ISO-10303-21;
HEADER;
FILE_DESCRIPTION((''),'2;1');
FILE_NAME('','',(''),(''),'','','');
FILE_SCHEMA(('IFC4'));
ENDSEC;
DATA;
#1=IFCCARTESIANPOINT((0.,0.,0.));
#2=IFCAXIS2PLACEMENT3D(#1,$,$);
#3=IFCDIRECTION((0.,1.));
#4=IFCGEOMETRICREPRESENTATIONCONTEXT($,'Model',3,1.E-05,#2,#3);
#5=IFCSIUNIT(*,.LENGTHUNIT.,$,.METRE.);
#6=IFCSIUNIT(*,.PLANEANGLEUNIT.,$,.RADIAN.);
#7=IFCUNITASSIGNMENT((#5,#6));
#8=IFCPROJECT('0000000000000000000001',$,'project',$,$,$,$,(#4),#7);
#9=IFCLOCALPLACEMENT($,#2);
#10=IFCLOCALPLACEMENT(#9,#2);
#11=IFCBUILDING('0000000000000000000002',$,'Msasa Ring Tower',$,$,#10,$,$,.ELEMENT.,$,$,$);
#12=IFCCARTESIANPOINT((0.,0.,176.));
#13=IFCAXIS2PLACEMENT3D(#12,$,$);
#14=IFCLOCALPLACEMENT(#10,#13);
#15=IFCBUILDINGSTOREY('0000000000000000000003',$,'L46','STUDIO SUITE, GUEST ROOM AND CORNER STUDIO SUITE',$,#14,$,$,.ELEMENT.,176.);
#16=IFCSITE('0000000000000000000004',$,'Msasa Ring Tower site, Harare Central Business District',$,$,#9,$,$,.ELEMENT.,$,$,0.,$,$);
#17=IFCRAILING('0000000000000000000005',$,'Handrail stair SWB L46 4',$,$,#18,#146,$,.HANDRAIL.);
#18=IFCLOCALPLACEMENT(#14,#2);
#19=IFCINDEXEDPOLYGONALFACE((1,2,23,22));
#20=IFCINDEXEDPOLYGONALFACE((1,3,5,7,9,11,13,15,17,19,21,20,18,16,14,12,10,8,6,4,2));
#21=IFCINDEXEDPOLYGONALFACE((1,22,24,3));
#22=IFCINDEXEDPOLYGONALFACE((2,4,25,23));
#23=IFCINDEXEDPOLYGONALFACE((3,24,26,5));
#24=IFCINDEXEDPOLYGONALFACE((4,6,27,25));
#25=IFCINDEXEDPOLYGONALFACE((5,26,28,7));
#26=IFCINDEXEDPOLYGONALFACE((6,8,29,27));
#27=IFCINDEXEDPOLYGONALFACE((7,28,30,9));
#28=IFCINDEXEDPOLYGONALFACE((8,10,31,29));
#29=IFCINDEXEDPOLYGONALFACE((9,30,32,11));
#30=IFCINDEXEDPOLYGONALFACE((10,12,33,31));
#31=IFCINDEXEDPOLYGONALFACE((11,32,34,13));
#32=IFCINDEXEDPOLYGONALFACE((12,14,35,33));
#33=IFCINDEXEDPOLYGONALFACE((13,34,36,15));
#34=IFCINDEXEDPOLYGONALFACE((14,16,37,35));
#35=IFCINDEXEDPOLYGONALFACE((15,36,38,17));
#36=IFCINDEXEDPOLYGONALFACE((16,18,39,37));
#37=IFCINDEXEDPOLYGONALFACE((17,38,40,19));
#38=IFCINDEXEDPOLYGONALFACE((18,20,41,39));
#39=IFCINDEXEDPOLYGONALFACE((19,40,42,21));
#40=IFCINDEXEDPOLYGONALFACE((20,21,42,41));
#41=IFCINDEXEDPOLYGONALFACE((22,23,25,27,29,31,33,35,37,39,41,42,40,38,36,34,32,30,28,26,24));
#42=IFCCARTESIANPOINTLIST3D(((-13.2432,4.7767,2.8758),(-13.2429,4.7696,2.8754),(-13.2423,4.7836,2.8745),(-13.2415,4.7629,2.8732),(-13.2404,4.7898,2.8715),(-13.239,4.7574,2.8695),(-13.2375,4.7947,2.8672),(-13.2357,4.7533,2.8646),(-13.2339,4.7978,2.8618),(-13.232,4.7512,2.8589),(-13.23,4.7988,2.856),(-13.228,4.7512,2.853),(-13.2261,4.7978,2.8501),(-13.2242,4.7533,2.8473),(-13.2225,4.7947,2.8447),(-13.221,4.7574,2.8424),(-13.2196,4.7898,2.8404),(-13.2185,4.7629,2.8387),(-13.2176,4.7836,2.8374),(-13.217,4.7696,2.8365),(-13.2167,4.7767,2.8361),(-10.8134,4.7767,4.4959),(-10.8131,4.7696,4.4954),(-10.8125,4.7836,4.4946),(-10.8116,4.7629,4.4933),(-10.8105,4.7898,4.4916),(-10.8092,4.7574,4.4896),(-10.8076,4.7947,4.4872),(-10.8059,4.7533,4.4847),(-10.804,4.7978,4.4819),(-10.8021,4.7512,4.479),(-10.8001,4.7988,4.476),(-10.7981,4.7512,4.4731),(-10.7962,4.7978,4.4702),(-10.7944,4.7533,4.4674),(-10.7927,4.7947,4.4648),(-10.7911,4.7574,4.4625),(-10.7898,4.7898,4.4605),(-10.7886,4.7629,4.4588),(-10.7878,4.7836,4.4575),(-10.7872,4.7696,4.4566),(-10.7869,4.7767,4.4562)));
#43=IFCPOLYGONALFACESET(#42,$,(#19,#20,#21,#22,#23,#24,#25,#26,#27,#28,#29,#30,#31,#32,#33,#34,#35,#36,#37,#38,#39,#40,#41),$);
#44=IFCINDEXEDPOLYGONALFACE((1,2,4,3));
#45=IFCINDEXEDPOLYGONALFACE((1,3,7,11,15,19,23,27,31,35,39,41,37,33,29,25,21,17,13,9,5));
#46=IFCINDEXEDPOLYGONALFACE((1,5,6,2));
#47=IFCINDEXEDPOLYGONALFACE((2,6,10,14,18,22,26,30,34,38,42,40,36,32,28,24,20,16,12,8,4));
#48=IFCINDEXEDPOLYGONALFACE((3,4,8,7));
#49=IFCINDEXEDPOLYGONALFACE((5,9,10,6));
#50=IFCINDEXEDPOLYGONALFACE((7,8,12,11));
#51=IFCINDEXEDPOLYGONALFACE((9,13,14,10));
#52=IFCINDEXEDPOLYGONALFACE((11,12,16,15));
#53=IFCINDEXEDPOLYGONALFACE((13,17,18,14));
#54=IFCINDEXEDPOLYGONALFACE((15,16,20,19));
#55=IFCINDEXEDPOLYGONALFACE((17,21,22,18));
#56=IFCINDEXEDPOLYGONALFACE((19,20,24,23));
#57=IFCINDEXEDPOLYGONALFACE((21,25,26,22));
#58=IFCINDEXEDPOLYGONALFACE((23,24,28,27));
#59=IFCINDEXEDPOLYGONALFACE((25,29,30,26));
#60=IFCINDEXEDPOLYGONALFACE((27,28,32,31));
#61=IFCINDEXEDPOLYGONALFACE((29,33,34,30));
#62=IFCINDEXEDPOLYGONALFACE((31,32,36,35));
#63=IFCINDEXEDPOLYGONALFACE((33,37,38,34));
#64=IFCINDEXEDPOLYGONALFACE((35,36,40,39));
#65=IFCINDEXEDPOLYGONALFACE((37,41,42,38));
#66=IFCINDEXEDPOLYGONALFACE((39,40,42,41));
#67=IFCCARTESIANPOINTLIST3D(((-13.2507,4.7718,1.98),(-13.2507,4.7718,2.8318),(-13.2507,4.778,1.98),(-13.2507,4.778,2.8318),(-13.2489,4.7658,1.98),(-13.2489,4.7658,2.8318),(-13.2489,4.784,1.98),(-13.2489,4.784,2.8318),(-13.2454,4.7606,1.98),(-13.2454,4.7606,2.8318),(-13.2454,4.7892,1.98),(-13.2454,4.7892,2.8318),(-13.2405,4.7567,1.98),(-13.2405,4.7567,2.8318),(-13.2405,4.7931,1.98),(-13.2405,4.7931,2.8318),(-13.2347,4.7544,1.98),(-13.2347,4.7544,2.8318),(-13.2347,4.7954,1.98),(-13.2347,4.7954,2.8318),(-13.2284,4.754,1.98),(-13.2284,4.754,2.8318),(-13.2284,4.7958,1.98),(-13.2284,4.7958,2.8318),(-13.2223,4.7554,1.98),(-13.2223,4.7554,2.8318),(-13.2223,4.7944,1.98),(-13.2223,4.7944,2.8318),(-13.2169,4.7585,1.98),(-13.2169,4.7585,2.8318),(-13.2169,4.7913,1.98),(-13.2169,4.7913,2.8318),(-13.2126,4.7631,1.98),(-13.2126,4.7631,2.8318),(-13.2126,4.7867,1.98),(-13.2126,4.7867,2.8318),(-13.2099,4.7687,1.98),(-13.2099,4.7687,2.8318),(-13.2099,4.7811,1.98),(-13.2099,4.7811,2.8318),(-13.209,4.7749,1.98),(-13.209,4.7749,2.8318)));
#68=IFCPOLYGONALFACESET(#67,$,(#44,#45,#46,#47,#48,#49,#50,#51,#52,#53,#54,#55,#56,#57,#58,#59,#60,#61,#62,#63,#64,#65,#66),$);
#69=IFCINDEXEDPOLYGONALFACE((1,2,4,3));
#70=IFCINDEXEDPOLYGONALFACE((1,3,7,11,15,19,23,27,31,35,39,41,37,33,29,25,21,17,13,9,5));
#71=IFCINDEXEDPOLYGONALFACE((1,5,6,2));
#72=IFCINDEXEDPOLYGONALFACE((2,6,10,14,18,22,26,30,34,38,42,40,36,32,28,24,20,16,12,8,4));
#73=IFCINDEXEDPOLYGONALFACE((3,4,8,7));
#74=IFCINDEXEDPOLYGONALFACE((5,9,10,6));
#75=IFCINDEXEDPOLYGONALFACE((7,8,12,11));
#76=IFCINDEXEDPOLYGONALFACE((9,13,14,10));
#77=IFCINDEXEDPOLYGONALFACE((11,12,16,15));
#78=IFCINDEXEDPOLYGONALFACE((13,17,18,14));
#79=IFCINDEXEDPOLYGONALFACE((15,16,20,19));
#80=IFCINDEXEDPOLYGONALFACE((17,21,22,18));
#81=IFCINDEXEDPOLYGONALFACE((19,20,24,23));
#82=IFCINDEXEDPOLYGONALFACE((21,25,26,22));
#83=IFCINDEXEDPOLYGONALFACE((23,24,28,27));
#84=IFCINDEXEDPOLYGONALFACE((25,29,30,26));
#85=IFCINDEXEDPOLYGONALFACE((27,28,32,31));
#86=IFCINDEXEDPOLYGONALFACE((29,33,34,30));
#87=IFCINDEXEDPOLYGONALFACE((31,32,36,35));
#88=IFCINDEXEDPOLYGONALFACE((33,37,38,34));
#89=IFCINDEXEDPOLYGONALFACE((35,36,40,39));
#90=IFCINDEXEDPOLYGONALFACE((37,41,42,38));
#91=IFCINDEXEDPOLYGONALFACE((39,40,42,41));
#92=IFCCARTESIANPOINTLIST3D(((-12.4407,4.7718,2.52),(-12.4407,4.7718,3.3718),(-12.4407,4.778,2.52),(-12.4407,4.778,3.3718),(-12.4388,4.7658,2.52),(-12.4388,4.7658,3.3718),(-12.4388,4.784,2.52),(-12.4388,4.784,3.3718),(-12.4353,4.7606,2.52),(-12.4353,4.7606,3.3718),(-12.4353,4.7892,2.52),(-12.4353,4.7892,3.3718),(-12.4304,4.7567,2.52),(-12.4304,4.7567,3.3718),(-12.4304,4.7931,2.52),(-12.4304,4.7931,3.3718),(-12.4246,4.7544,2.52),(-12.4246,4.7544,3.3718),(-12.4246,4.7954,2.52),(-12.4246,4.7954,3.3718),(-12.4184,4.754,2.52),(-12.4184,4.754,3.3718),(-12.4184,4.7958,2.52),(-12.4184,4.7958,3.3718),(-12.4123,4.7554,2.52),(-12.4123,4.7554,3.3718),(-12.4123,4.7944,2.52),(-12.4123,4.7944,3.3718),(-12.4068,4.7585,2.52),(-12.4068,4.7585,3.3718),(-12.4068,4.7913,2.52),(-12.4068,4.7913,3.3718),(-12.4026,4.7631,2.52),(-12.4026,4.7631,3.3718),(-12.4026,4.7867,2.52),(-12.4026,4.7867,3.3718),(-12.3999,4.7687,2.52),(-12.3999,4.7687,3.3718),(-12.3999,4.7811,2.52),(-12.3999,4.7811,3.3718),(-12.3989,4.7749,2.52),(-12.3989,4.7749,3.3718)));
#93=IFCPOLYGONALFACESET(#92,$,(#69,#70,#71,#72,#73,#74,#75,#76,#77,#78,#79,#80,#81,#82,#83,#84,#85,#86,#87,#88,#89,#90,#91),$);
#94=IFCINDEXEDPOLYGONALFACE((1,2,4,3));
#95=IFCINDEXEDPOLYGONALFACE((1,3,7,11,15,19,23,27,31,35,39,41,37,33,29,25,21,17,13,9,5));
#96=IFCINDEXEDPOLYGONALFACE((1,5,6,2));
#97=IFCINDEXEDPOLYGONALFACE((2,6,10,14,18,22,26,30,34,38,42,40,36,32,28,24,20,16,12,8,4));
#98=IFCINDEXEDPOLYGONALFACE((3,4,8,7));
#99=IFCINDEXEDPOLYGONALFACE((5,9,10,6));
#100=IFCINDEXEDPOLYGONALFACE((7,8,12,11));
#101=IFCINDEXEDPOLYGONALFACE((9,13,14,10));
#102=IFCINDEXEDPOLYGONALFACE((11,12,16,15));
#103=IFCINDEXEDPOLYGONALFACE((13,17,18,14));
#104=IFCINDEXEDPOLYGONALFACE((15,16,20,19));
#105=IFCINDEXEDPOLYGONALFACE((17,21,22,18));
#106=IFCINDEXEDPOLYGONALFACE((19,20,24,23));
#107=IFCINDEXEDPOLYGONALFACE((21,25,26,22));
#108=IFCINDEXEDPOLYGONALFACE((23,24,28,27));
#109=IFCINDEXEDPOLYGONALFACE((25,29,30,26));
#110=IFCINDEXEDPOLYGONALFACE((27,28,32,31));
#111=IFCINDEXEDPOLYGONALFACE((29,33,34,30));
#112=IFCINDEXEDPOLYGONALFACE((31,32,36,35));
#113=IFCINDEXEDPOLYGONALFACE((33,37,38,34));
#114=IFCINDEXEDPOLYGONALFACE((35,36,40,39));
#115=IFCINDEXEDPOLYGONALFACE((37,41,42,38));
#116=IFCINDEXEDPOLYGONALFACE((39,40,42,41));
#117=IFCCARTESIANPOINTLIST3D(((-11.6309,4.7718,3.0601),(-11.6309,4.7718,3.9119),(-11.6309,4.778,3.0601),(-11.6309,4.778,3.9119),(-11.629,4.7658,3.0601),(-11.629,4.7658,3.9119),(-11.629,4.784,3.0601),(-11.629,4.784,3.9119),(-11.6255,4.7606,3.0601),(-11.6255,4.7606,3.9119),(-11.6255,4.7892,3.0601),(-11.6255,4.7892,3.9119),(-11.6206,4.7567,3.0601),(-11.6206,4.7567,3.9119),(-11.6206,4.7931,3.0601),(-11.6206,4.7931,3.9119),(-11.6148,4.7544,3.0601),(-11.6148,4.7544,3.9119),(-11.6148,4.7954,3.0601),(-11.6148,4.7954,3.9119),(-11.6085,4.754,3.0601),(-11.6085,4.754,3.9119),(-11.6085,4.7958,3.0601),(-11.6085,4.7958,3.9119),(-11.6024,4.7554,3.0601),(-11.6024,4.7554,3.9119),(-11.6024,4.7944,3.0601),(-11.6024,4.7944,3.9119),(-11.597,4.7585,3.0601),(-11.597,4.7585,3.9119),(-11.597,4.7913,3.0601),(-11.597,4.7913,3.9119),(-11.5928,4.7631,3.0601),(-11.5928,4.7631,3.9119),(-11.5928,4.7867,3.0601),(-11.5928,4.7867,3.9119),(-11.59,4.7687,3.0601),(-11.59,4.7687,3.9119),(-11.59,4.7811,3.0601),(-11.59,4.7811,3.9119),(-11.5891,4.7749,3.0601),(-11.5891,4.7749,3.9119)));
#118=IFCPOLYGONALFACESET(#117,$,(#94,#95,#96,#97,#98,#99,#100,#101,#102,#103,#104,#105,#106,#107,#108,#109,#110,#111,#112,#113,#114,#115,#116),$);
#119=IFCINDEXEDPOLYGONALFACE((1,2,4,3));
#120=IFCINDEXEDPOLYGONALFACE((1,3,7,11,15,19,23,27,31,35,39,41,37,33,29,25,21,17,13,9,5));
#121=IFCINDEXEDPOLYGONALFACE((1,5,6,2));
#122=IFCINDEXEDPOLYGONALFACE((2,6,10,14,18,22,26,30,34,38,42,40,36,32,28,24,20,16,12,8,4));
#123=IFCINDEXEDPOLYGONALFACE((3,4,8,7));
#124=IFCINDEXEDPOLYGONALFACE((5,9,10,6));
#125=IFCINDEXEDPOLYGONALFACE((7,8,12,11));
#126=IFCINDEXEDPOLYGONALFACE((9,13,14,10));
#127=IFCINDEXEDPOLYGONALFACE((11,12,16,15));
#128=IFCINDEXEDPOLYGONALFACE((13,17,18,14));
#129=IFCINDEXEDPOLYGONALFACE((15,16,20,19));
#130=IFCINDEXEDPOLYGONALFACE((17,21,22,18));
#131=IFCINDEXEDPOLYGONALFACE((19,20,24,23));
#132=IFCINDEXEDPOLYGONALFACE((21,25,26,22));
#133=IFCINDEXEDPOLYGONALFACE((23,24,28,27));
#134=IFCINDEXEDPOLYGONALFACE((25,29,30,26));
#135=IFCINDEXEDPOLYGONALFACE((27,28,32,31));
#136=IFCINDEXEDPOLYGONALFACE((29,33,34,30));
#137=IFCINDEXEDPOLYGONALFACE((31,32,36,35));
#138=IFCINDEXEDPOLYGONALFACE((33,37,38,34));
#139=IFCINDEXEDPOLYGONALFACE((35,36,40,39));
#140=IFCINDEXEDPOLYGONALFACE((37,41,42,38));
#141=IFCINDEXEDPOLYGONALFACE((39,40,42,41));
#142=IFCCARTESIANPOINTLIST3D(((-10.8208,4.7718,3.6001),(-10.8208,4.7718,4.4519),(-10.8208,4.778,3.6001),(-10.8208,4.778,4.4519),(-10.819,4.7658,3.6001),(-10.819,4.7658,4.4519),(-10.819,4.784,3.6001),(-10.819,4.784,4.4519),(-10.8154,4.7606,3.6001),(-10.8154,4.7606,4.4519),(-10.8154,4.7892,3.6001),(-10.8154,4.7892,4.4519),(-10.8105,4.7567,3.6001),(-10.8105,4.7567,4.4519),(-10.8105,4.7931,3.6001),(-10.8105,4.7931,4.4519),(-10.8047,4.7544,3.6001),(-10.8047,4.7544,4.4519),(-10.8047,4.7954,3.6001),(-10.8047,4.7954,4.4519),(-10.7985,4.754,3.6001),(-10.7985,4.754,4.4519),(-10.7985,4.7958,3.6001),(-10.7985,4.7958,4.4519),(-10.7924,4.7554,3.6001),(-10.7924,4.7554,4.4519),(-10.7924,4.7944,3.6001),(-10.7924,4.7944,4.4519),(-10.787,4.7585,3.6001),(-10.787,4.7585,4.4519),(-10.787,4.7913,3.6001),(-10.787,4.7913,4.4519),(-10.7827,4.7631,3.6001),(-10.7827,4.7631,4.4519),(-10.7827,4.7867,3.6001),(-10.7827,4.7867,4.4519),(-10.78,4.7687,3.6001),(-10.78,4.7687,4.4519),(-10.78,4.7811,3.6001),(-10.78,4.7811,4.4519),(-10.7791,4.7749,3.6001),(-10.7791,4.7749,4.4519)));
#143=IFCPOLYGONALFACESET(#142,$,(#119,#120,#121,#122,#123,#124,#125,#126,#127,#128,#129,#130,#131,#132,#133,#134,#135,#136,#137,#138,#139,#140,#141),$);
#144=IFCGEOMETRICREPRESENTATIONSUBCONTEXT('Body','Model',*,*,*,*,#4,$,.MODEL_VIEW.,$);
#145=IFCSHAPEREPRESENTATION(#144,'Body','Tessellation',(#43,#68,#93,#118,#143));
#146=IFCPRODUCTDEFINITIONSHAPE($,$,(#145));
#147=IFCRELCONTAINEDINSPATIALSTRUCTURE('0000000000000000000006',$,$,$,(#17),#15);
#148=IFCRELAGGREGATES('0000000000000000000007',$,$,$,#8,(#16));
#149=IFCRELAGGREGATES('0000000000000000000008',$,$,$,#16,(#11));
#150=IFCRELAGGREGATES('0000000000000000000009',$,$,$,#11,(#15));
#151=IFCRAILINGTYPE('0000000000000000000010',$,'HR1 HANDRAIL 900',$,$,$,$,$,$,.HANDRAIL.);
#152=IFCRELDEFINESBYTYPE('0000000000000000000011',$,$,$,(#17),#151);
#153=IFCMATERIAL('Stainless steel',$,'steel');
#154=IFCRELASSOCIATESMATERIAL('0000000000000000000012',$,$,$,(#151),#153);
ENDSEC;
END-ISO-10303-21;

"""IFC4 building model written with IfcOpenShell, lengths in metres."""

from ifc_helpers import new_model, si_unit, direction, frame, origin, origin_2d, place, context, subcontext, project, spatial, circle, extrude, material, type_object, element, save


model = new_model("IFC4")

# Units and contexts
model_context = context("Model", 3, precision=1e-05, world=origin(), true_north=direction((0.0, 1.0)))
body_context = subcontext(model_context, "Body", "Model", "MODEL_VIEW")
ifc_project = project(units=[si_unit("LENGTHUNIT", "METRE"), si_unit("PLANEANGLEUNIT", "RADIAN")], contexts=[model_context])

# Site, building, storey
site_placement = place(None, origin())
site = spatial("IfcSite", under=ifc_project, at=site_placement, Name="Msasa Ring Tower site, Harare Central Business District", CompositionType="ELEMENT", RefElevation=0.0)
building_placement = place(site_placement, origin())
building = spatial("IfcBuilding", under=site, at=building_placement, Name="Msasa Ring Tower", CompositionType="ELEMENT")
storey_placement = place(building_placement, frame((0.0, 0.0, 176.0)))
storey = spatial("IfcBuildingStorey", under=building, at=storey_placement, Name="L46", Description="STUDIO SUITE, GUEST ROOM AND CORNER STUDIO SUITE", CompositionType="ELEMENT", Elevation=176.0)

# Railing
ifc_material_1 = material(Name="Stainless steel", Category="steel")
railing_type = type_object("IfcRailingType", Name="HR1 HANDRAIL 900", PredefinedType="HANDRAIL", material=ifc_material_1)
railing_placement = place(storey_placement, frame((-13.23, 4.7749, 1.98)))
element("IfcRailing", 1, at=railing_placement, inside=storey, type_object=railing_type, Name="Handrail stair SWB L46 4", PredefinedType="HANDRAIL", context=body_context, shape_type="SweptSolid", body=[
    extrude(circle(Radius=0.0239, at=origin_2d()), frame((0.0, 0.0, 0.876), z_axis=(0.832025, 0.0, 0.554739), x_axis=(0.0, 1.0, 0.0)), (0.0, 0.0, 1.0), 2.9204),
    extrude(circle(Radius=0.021, at=origin_2d()), origin(), (0.0, 0.0, 1.0), 0.8518),
    extrude(circle(Radius=0.021, at=origin_2d()), frame((0.8101, 0.0, 0.54)), (0.0, 0.0, 1.0), 0.8518),
    extrude(circle(Radius=0.021, at=origin_2d()), frame((1.6199, 0.0, 1.0801)), (0.0, 0.0, 1.0), 0.8518),
    extrude(circle(Radius=0.021, at=origin_2d()), frame((2.4299, 0.0, 1.6201)), (0.0, 0.0, 1.0), 0.8518),
])

save(model, "model.ifc")
